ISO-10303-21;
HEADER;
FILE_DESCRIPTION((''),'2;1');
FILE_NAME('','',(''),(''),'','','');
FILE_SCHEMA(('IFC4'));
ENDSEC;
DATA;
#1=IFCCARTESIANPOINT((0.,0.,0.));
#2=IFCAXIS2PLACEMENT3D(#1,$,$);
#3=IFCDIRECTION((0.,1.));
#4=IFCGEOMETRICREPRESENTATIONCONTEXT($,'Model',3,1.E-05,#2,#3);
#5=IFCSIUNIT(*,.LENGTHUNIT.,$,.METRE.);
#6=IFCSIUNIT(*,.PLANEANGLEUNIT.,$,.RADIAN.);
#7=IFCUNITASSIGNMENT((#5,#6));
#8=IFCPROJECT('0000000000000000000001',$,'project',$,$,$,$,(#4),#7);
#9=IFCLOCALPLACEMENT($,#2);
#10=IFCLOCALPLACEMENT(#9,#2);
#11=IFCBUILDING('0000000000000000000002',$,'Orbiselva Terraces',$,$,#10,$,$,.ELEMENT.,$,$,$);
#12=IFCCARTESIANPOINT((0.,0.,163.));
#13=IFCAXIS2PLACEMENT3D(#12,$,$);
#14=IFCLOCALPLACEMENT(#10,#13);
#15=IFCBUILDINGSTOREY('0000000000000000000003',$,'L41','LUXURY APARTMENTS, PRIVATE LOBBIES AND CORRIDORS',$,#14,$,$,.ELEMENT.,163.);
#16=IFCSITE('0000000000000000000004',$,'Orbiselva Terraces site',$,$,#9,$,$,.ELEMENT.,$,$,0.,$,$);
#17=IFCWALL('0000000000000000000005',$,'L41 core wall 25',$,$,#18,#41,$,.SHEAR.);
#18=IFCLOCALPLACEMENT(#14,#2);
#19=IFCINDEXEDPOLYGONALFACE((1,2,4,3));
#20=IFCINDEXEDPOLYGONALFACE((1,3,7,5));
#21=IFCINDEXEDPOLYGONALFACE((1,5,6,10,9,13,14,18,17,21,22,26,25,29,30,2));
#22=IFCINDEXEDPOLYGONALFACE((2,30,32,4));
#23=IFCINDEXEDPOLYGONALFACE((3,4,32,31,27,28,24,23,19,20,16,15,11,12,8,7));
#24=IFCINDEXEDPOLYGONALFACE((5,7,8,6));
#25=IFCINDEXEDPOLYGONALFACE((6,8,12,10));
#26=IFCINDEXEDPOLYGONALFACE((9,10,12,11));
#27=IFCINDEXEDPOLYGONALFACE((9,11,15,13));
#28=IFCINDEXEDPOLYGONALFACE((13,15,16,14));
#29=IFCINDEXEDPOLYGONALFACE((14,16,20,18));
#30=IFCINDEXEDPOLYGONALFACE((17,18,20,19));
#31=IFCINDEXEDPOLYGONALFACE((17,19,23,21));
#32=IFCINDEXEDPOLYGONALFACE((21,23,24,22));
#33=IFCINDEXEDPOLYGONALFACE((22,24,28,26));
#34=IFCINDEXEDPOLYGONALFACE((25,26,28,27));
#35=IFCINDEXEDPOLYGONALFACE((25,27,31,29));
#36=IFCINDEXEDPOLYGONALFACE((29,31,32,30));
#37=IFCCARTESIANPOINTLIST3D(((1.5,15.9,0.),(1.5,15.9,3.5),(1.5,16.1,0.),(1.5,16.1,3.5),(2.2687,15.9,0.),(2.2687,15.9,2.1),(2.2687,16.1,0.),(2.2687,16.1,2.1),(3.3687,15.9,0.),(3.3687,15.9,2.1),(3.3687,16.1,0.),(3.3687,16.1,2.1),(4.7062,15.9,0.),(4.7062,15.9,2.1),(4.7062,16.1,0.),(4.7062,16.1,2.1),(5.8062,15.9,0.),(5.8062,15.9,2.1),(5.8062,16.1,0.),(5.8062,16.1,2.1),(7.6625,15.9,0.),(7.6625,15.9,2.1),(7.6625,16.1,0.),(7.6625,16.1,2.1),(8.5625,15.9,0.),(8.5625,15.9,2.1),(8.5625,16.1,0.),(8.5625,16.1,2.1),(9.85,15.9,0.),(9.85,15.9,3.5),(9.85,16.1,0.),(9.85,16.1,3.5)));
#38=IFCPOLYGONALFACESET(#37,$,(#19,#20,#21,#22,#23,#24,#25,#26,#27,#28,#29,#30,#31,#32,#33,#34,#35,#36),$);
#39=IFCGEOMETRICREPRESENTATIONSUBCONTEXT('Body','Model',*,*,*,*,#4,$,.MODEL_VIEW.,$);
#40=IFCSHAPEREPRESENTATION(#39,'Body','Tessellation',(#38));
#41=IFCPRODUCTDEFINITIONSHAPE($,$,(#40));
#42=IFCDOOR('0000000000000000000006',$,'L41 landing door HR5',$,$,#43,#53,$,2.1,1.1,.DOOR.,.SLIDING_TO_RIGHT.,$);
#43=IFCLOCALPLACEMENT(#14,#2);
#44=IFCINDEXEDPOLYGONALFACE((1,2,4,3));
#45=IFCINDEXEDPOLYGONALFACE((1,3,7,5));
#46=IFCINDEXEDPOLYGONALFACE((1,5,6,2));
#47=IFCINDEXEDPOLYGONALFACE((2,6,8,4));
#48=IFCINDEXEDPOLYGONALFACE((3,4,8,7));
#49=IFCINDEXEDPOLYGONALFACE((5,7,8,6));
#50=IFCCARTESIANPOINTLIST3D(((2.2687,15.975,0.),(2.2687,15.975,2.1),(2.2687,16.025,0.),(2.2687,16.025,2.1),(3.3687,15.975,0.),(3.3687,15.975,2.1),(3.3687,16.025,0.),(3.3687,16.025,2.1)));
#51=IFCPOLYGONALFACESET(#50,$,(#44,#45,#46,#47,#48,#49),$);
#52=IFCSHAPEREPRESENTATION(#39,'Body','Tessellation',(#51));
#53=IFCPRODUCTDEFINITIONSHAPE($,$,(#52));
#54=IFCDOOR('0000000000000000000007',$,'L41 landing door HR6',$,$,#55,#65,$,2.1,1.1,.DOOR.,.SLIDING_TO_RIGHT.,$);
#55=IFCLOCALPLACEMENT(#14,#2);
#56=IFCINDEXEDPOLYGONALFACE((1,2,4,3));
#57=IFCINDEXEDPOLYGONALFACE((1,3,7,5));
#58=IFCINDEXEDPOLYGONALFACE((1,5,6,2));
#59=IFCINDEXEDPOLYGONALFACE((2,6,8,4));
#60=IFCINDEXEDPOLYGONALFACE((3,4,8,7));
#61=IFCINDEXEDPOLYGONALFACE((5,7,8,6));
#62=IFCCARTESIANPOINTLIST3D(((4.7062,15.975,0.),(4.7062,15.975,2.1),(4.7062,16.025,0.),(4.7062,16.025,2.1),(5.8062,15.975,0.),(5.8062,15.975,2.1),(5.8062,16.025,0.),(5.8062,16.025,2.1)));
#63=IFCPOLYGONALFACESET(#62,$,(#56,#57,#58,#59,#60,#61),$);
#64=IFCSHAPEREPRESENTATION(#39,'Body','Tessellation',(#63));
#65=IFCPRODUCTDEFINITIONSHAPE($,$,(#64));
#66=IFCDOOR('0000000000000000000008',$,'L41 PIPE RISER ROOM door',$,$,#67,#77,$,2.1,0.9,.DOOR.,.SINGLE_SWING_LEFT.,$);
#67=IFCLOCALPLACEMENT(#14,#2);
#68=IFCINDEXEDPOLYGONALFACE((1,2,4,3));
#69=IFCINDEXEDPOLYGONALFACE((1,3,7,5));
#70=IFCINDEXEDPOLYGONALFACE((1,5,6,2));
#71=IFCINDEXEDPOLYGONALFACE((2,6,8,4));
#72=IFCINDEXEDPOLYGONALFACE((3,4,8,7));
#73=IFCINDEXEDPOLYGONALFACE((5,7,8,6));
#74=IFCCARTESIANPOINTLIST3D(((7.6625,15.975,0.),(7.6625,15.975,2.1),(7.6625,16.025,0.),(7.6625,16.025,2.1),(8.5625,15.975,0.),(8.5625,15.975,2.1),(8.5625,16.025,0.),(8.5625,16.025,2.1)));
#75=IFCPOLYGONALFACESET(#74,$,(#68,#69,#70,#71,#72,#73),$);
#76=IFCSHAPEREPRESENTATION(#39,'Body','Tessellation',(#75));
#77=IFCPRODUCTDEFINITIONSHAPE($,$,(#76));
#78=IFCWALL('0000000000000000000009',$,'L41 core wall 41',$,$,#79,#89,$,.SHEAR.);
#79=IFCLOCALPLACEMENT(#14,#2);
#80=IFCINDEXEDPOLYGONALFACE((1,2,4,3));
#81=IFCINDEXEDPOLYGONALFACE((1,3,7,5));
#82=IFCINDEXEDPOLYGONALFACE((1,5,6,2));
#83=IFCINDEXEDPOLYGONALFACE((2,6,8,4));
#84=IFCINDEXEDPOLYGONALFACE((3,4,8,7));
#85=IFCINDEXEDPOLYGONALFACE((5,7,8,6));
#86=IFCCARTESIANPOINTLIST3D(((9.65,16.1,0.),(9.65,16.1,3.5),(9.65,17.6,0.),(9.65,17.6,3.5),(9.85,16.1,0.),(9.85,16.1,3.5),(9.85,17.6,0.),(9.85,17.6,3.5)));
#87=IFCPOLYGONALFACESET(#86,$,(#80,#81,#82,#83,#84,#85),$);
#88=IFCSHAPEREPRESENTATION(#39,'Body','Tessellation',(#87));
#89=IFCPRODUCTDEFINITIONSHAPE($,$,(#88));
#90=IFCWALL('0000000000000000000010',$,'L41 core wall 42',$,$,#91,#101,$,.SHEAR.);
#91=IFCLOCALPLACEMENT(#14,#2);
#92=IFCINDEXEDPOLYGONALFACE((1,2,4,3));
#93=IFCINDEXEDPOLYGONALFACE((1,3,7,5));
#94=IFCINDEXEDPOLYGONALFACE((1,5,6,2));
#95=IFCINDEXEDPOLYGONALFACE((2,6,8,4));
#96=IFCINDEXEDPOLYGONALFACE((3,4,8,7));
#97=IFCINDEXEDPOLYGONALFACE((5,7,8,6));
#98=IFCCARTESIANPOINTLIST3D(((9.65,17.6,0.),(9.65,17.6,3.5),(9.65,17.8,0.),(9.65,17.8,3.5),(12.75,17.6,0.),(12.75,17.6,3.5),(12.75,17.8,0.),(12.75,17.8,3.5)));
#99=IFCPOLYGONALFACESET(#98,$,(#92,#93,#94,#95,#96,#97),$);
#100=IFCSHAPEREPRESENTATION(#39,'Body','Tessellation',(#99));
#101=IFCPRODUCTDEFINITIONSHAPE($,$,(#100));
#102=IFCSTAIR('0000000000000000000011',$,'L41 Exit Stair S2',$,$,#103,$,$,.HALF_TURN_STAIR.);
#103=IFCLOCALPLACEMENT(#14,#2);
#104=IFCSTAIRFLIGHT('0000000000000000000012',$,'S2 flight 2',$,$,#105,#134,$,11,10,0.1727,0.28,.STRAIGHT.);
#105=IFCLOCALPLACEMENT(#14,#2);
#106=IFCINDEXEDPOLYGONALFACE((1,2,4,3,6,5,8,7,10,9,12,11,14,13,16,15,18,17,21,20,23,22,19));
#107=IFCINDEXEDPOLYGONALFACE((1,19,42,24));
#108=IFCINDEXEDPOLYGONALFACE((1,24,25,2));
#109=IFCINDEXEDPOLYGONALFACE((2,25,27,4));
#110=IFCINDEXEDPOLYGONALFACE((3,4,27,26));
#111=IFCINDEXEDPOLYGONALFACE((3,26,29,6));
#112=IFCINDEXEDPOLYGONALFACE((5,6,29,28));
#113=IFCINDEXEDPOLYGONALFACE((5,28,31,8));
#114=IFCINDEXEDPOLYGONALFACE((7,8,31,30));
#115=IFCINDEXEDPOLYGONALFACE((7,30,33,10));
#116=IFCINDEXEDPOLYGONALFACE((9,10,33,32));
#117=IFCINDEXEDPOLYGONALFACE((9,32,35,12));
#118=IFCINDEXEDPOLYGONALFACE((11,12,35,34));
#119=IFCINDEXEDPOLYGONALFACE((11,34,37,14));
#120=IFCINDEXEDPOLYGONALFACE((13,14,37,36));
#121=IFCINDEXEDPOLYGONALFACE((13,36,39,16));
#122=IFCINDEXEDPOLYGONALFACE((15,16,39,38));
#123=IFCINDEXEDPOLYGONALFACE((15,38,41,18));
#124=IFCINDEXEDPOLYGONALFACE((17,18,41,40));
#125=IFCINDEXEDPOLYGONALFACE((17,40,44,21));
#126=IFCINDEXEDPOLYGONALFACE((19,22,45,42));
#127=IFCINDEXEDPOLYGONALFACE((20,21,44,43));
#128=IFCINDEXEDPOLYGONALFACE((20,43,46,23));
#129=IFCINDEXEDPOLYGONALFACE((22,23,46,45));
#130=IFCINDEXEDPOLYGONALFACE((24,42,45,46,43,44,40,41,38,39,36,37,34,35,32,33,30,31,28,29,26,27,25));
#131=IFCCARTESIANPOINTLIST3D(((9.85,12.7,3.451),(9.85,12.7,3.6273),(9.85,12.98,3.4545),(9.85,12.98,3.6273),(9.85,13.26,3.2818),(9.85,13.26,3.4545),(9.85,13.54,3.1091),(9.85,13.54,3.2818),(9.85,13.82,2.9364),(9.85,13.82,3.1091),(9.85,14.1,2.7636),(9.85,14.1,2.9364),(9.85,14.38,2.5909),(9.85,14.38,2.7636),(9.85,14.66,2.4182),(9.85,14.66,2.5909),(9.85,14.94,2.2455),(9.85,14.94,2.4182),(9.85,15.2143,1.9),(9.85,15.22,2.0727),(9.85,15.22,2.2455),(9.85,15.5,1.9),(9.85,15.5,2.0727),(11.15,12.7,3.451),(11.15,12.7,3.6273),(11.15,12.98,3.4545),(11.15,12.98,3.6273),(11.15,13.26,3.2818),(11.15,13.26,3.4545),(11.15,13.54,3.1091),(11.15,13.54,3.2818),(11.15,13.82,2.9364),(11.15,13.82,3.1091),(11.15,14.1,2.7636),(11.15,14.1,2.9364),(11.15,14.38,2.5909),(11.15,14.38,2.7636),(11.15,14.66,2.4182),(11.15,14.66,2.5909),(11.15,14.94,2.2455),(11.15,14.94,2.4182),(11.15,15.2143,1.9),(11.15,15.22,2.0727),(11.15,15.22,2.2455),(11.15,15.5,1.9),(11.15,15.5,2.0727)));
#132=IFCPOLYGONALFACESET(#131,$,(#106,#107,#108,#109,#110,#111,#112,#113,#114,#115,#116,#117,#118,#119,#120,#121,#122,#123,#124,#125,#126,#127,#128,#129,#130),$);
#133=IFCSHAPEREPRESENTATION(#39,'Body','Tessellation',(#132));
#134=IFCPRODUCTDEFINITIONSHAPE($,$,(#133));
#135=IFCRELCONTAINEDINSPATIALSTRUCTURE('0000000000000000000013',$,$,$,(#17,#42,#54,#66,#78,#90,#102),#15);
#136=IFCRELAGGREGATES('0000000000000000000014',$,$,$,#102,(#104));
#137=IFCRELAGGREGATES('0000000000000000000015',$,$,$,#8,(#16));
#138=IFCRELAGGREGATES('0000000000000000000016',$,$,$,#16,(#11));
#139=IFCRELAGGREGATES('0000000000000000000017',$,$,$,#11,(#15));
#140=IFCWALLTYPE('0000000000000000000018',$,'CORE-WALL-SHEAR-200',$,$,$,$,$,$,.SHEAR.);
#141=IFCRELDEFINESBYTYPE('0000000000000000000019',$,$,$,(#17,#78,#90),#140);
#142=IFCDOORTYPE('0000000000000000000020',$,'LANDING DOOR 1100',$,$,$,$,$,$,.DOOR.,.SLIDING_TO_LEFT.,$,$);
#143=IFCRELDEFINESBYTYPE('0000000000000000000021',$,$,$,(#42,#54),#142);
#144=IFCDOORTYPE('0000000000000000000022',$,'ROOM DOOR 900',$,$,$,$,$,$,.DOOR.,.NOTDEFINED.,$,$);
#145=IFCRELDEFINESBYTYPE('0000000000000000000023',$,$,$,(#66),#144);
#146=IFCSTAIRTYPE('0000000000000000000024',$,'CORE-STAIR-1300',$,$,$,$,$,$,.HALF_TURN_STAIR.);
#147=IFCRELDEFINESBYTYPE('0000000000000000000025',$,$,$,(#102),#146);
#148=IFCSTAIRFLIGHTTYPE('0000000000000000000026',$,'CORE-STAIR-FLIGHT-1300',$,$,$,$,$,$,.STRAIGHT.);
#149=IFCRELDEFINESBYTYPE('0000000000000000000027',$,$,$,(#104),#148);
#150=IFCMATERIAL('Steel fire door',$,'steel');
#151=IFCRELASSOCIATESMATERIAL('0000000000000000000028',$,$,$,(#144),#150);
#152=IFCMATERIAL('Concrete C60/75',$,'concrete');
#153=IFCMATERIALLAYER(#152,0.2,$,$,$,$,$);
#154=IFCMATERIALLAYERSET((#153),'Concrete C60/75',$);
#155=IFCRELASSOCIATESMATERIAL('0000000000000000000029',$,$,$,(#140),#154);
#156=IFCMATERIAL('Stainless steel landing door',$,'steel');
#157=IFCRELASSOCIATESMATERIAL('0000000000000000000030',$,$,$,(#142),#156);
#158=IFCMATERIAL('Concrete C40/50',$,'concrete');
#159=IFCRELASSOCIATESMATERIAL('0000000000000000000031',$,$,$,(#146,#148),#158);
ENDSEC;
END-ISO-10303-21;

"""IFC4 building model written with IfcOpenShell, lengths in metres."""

from ifc_helpers import new_model, si_unit, direction, frame, frame_2d, origin, place, context, subcontext, project, spatial, polyline, rectangle, outline, extrude, material, layer, layer_set, type_object, element, fill, aggregate, save


model = new_model("IFC4")

# Units and contexts
model_context = context("Model", 3, precision=1e-05, world=origin(), true_north=direction((0.0, 1.0)))
body_context = subcontext(model_context, "Body", "Model", "MODEL_VIEW")
ifc_project = project(units=[si_unit("LENGTHUNIT", "METRE"), si_unit("PLANEANGLEUNIT", "RADIAN")], contexts=[model_context])

# Site, building, storey
site_placement = place(None, origin())
site = spatial("IfcSite", under=ifc_project, at=site_placement, Name="Orbiselva Terraces site", CompositionType="ELEMENT", RefElevation=0.0)
building_placement = place(site_placement, origin())
building = spatial("IfcBuilding", under=site, at=building_placement, Name="Orbiselva Terraces", CompositionType="ELEMENT")
storey_placement = place(building_placement, frame((0.0, 0.0, 163.0)))
storey = spatial("IfcBuildingStorey", under=building, at=storey_placement, Name="L41", Description="LUXURY APARTMENTS, PRIVATE LOBBIES AND CORRIDORS", CompositionType="ELEMENT", Elevation=163.0)

# Shared definitions
ifc_material_1 = material(Name="Steel fire door", Category="steel")
door_type_1 = type_object("IfcDoorType", Name="ROOM DOOR 900", OperationType="NOTDEFINED", PredefinedType="DOOR", material=ifc_material_1)

# Shared definitions
ifc_material_2 = material(Name="Concrete C40/50", Category="concrete")
ifc_material_3 = material(Name="Concrete C60/75", Category="concrete")
ifc_layer_1 = layer(ifc_material_3, 0.2)
ifc_layer_set_1 = layer_set([ifc_layer_1], Name="Concrete C60/75")
wall_type_1 = type_object("IfcWallType", Name="CORE-WALL-SHEAR-200", PredefinedType="SHEAR", material=ifc_layer_set_1)

# Wall, openings, doors
wall_1_placement = place(storey_placement, frame((9.85, 16.0, 0.0), z_axis=(0.0, 0.0, 1.0), x_axis=(-1.0, 0.0, 0.0)))
wall_1 = element("IfcWall", 1, at=wall_1_placement, inside=storey, type_object=wall_type_1, Name="L41 core wall 25", PredefinedType="SHEAR", context=body_context, shape_type="SweptSolid", body=[
    extrude(rectangle(XDim=8.35, YDim=0.2, at=frame_2d((4.175, 0.0))), origin(), (0.0, 0.0, 1.0), 3.5),
])
opening_1_placement = place(wall_1_placement, frame((6.4813, 0.0, 0.0)))
opening_1 = element("IfcOpeningElement", 2, at=opening_1_placement, cuts=wall_1, PredefinedType="OPENING", context=body_context, shape_type="SweptSolid", body=[
    extrude(rectangle(XDim=1.1, YDim=2.1, at=frame_2d((0.55, 1.05))), frame((0.0, 0.11, 0.0), z_axis=(0.0, -1.0, 0.0), x_axis=(1.0, 0.0, 0.0)), (0.0, 0.0, 1.0), 0.22),
])
opening_2_placement = place(wall_1_placement, frame((4.0438, 0.0, 0.0)))
opening_2 = element("IfcOpeningElement", 3, at=opening_2_placement, cuts=wall_1, PredefinedType="OPENING", context=body_context, shape_type="SweptSolid", body=[
    extrude(rectangle(XDim=1.1, YDim=2.1, at=frame_2d((0.55, 1.05))), frame((0.0, 0.11, 0.0), z_axis=(0.0, -1.0, 0.0), x_axis=(1.0, 0.0, 0.0)), (0.0, 0.0, 1.0), 0.22),
])
opening_3_placement = place(wall_1_placement, frame((1.2875, 0.0, 0.0)))
opening_3 = element("IfcOpeningElement", 4, at=opening_3_placement, cuts=wall_1, PredefinedType="OPENING", context=body_context, shape_type="SweptSolid", body=[
    extrude(rectangle(XDim=0.9, YDim=2.1, at=frame_2d((0.45, 1.05))), frame((0.0, 0.11, 0.0), z_axis=(0.0, -1.0, 0.0), x_axis=(1.0, 0.0, 0.0)), (0.0, 0.0, 1.0), 0.22),
])
ifc_material_4 = material(Name="Stainless steel landing door", Category="steel")
door_type_2 = type_object("IfcDoorType", Name="LANDING DOOR 1100", OperationType="SLIDING_TO_LEFT", PredefinedType="DOOR", material=ifc_material_4)
door_1_placement = place(opening_1_placement, origin())
door_1 = element("IfcDoor", 5, at=door_1_placement, inside=storey, type_object=door_type_2, Name="L41 landing door HR5", OperationType="SLIDING_TO_RIGHT", OverallHeight=2.1, OverallWidth=1.1, PredefinedType="DOOR", context=body_context, shape_type="SweptSolid", body=[
    extrude(rectangle(XDim=1.1, YDim=2.1, at=frame_2d((0.55, 1.05))), frame((0.0, 0.025, 0.0), z_axis=(0.0, -1.0, 0.0), x_axis=(1.0, 0.0, 0.0)), (0.0, 0.0, 1.0), 0.05),
])
fill(opening_1, door_1)
door_2_placement = place(opening_2_placement, origin())
door_2 = element("IfcDoor", 6, at=door_2_placement, inside=storey, type_object=door_type_2, Name="L41 landing door HR6", OperationType="SLIDING_TO_RIGHT", OverallHeight=2.1, OverallWidth=1.1, PredefinedType="DOOR", context=body_context, shape_type="SweptSolid", body=[
    extrude(rectangle(XDim=1.1, YDim=2.1, at=frame_2d((0.55, 1.05))), frame((0.0, 0.025, 0.0), z_axis=(0.0, -1.0, 0.0), x_axis=(1.0, 0.0, 0.0)), (0.0, 0.0, 1.0), 0.05),
])
fill(opening_2, door_2)
door_3_placement = place(opening_3_placement, origin())
door_3 = element("IfcDoor", 7, at=door_3_placement, inside=storey, type_object=door_type_1, Name="L41 PIPE RISER ROOM door", OperationType="SINGLE_SWING_LEFT", OverallHeight=2.1, OverallWidth=0.9, PredefinedType="DOOR", context=body_context, shape_type="SweptSolid", body=[
    extrude(rectangle(XDim=0.9, YDim=2.1, at=frame_2d((0.45, 1.05))), frame((0.0, 0.025, 0.0), z_axis=(0.0, -1.0, 0.0), x_axis=(1.0, 0.0, 0.0)), (0.0, 0.0, 1.0), 0.05),
])
fill(opening_3, door_3)

# Walls
wall_2_placement = place(storey_placement, frame((9.75, 16.1, 0.0), z_axis=(0.0, 0.0, 1.0), x_axis=(0.0, 1.0, 0.0)))
element("IfcWall", 8, at=wall_2_placement, inside=storey, type_object=wall_type_1, Name="L41 core wall 41", PredefinedType="SHEAR", context=body_context, shape_type="SweptSolid", body=[
    extrude(rectangle(XDim=1.5, YDim=0.2, at=frame_2d((0.75, 0.0))), origin(), (0.0, 0.0, 1.0), 3.5),
])
wall_3_placement = place(storey_placement, frame((9.65, 17.7, 0.0), z_axis=(0.0, 0.0, 1.0), x_axis=(1.0, 0.0, 0.0)))
element("IfcWall", 9, at=wall_3_placement, inside=storey, type_object=wall_type_1, Name="L41 core wall 42", PredefinedType="SHEAR", context=body_context, shape_type="SweptSolid", body=[
    extrude(rectangle(XDim=3.1, YDim=0.2, at=frame_2d((1.55, 0.0))), origin(), (0.0, 0.0, 1.0), 3.5),
])

# Stair, stair flight
stair_type = type_object("IfcStairType", Name="CORE-STAIR-1300", PredefinedType="HALF_TURN_STAIR", material=ifc_material_2)
stair_placement = place(storey_placement, origin())
stair = element("IfcStair", 10, at=stair_placement, inside=storey, type_object=stair_type, Name="L41 Exit Stair S2", PredefinedType="HALF_TURN_STAIR")
stair_flight_type = type_object("IfcStairFlightType", Name="CORE-STAIR-FLIGHT-1300", PredefinedType="STRAIGHT", material=ifc_material_2)
stair_flight_placement = place(storey_placement, frame((10.5, 15.5, 1.9), z_axis=(0.0, 0.0, 1.0), x_axis=(0.0, -1.0, 0.0)))
stair_flight = element("IfcStairFlight", 11, at=stair_flight_placement, type_object=stair_flight_type, Name="S2 flight 2", NumberOfRisers=11, NumberOfTreads=10, PredefinedType="STRAIGHT", RiserHeight=0.1727, TreadLength=0.28, context=body_context, shape_type="SweptSolid", body=[
    extrude(outline(polyline([(0.0, 0.0), (0.0, 0.1727), (0.28, 0.1727), (0.28, 0.3455), (0.56, 0.3455), (0.56, 0.5182), (0.84, 0.5182), (0.84, 0.6909), (1.12, 0.6909), (1.12, 0.8636), (1.4, 0.8636), (1.4, 1.0364), (1.68, 1.0364), (1.68, 1.2091), (1.96, 1.2091), (1.96, 1.3818), (2.24, 1.3818), (2.24, 1.5545), (2.52, 1.5545), (2.52, 1.7273), (2.8, 1.7273), (2.8, 1.9), (2.8, 1.551), (0.2857, 0.0), (0.0, 0.0)])), frame((0.0, 0.65, 0.0), z_axis=(0.0, -1.0, 0.0), x_axis=(1.0, 0.0, 0.0)), (0.0, 0.0, 1.0), 1.3),
])
aggregate(stair, [stair_flight])

save(model, "model.ifc")
